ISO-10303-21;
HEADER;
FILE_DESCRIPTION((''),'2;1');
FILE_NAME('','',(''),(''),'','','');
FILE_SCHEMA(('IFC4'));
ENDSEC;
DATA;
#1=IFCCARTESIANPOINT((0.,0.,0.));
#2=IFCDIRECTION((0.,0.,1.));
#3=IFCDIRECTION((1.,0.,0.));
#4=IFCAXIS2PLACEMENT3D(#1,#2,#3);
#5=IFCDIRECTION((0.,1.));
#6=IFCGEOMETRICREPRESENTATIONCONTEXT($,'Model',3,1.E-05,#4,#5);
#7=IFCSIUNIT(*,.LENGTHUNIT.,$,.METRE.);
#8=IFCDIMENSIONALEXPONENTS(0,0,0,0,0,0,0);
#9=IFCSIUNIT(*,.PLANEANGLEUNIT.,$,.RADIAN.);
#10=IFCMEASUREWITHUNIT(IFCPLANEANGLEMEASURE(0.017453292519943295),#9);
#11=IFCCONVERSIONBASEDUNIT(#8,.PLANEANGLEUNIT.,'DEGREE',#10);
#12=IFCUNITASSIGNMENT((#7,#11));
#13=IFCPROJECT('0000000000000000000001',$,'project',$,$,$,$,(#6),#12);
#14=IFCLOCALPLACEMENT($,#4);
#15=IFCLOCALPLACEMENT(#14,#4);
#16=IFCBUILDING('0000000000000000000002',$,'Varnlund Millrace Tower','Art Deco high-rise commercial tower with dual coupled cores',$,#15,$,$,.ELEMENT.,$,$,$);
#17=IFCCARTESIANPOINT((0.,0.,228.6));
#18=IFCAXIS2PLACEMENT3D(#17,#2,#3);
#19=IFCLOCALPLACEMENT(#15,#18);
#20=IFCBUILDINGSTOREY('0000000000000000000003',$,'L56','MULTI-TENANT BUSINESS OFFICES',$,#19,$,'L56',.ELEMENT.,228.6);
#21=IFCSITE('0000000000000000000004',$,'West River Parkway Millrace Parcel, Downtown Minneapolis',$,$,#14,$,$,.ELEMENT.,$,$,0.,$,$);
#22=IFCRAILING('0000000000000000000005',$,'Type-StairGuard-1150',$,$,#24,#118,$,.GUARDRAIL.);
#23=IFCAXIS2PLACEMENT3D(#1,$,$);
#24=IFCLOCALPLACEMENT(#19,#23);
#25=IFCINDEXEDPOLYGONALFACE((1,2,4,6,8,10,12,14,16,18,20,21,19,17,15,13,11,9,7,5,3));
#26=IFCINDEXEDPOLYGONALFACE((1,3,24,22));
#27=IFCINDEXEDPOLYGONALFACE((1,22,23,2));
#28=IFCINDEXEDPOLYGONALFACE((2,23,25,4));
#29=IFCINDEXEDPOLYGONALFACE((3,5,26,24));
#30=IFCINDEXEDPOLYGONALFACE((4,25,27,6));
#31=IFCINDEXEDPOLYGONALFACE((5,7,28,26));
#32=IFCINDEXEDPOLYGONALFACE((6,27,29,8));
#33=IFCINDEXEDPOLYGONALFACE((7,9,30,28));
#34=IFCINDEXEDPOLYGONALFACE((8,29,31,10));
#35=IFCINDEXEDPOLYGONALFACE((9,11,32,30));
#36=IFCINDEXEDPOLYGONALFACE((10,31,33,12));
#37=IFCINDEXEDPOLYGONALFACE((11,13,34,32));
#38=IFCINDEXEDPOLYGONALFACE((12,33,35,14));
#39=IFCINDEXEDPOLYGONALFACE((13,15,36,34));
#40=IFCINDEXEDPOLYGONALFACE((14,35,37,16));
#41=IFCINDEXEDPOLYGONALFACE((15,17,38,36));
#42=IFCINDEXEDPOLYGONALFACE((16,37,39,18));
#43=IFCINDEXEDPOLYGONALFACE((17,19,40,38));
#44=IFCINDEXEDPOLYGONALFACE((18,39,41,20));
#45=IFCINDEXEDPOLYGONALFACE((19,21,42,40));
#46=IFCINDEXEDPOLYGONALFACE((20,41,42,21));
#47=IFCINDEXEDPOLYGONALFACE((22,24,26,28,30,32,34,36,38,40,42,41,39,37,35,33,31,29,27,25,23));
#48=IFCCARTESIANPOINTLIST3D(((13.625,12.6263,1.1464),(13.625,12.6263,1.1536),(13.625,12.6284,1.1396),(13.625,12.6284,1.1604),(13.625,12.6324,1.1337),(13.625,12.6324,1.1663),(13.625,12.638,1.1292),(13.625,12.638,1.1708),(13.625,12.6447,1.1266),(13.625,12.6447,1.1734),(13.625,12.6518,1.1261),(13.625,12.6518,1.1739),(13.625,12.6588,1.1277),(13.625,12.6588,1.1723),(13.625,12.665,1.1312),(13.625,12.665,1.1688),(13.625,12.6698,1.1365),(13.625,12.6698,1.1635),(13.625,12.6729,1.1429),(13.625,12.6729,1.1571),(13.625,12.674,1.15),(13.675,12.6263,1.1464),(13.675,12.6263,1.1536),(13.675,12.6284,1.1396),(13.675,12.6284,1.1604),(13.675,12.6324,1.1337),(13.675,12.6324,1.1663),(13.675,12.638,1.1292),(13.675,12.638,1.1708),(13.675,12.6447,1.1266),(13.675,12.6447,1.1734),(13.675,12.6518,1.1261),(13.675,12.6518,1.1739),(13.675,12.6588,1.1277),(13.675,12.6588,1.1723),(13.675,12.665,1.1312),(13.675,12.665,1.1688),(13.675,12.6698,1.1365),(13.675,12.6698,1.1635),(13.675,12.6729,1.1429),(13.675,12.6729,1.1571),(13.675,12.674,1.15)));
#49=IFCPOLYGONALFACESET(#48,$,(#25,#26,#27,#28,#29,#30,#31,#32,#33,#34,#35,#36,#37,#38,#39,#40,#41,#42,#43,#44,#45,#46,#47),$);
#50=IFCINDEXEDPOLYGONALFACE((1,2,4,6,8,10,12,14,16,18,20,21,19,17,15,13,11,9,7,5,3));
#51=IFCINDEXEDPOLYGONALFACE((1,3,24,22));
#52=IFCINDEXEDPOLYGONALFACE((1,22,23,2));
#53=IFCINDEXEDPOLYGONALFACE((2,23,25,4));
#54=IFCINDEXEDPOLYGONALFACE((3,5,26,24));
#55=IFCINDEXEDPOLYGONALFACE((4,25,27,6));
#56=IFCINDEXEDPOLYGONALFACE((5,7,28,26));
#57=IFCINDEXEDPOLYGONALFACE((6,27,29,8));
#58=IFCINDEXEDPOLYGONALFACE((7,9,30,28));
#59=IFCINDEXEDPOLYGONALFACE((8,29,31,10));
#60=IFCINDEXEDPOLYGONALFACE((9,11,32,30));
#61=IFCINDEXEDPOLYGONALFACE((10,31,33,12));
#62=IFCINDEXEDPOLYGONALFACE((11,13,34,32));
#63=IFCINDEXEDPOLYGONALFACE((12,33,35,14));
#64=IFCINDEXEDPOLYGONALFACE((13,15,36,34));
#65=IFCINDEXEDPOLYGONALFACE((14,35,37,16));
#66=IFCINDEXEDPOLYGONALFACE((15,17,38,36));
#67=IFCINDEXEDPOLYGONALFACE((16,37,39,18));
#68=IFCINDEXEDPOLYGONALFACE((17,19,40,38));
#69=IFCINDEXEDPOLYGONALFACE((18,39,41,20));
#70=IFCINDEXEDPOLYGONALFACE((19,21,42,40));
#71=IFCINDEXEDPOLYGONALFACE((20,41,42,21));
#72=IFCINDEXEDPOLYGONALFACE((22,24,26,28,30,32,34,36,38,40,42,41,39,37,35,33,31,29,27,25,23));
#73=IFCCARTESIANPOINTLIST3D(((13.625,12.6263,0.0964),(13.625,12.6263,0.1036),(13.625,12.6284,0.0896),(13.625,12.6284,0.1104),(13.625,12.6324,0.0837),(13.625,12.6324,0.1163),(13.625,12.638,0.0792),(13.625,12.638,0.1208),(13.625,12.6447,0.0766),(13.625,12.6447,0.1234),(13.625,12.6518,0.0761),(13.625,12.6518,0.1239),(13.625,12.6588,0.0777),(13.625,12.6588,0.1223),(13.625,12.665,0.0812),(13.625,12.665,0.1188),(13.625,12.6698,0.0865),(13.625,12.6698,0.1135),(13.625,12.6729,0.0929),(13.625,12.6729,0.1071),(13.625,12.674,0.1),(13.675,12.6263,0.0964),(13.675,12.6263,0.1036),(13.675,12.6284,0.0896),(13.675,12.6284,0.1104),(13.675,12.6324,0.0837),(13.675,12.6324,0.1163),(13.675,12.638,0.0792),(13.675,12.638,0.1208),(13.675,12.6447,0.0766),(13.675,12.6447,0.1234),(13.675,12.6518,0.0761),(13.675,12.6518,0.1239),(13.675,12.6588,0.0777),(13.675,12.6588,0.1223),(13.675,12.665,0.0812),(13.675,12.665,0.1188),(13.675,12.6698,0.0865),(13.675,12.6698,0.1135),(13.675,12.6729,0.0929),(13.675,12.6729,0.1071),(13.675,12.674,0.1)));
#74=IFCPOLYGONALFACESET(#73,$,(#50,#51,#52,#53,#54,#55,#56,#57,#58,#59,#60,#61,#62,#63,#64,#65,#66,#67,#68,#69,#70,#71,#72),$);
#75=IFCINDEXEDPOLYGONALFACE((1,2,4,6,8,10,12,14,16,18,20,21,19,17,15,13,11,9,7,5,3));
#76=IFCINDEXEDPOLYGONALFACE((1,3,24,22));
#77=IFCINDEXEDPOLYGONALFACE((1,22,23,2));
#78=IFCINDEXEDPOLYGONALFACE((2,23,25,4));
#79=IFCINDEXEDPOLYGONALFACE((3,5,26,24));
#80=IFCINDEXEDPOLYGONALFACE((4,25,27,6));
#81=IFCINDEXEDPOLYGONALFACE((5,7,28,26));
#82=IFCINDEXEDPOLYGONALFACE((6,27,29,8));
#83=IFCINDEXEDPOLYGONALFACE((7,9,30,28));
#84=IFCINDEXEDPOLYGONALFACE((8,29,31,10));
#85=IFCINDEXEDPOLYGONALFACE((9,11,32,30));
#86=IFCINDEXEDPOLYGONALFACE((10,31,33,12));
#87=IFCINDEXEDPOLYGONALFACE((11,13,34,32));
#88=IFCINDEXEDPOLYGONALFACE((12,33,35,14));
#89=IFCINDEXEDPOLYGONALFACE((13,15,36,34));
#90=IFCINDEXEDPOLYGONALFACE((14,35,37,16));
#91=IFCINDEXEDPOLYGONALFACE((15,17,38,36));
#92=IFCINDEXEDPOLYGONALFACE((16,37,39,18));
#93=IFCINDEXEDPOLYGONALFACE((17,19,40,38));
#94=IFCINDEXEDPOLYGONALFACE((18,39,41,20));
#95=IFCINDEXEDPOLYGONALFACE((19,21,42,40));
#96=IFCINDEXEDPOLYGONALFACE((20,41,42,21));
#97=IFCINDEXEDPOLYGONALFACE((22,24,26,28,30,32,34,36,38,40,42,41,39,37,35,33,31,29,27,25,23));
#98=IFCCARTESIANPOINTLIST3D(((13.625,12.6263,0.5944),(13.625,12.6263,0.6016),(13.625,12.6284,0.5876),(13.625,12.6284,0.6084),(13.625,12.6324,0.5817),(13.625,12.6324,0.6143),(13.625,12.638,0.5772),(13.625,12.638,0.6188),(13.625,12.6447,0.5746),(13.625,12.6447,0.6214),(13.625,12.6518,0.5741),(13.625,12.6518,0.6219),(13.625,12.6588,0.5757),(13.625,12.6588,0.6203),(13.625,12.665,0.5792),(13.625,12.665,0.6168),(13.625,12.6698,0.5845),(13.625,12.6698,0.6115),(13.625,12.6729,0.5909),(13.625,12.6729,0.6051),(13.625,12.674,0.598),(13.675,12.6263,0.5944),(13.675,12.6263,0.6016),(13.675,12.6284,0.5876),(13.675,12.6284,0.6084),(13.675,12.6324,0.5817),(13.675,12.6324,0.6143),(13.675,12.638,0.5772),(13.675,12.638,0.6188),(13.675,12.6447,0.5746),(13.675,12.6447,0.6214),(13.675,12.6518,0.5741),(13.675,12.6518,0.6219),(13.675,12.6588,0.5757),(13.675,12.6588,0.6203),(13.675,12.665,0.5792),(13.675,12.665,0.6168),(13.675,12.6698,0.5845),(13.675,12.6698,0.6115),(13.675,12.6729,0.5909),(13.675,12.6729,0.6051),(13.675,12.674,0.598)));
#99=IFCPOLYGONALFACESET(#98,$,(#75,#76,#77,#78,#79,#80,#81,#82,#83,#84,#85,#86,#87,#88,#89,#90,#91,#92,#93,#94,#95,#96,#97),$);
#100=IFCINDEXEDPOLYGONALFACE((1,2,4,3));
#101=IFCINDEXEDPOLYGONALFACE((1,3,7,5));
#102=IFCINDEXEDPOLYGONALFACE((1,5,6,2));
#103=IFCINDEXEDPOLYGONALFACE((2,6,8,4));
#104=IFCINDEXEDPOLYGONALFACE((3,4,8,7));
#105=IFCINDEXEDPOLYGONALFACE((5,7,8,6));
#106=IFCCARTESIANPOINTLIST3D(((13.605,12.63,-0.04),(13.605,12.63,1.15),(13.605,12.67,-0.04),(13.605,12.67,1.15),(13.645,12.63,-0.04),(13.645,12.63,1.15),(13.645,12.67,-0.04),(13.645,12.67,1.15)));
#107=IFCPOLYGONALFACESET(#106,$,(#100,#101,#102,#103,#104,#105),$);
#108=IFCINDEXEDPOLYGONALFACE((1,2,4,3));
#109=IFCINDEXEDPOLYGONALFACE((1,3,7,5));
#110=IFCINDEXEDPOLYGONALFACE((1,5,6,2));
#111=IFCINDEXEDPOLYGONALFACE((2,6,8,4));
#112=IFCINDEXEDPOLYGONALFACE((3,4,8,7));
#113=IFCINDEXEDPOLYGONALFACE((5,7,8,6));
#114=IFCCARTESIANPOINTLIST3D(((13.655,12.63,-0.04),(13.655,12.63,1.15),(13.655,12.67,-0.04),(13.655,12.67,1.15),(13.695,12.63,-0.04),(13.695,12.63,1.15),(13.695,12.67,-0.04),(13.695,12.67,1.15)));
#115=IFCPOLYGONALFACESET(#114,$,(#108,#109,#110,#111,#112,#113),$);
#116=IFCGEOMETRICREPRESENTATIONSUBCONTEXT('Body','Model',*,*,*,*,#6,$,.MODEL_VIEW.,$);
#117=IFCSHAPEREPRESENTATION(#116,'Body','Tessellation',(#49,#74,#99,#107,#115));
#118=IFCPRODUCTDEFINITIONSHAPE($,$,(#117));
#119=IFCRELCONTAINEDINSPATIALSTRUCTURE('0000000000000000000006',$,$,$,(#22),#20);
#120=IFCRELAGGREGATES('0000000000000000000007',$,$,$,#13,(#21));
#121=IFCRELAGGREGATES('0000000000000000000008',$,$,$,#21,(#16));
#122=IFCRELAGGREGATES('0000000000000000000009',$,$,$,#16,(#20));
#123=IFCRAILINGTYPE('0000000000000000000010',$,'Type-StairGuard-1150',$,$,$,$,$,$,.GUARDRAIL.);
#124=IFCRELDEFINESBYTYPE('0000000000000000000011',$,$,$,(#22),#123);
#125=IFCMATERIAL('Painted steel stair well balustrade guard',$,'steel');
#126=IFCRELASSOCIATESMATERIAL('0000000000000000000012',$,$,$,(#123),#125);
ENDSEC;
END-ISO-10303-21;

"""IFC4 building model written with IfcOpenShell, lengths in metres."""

from ifc_helpers import new_model, entity, si_unit, converted_unit, direction, frame, origin_with_axes, origin_2d_with_axis, place, context, subcontext, project, spatial, rectangle, circle, extrude, material, type_object, element, save


model = new_model("IFC4")

# Units and contexts
model_context = context("Model", 3, precision=1e-05, world=origin_with_axes(), true_north=direction((0.0, 1.0)))
body_context = subcontext(model_context, "Body", "Model", "MODEL_VIEW")
ifc_project = project(units=[si_unit("LENGTHUNIT", "METRE"), converted_unit("PLANEANGLEUNIT", "DEGREE", entity("IfcPlaneAngleMeasure", 0.017453292519943295), si_unit("PLANEANGLEUNIT", "RADIAN"), dimensions=[0, 0, 0, 0, 0, 0, 0])], contexts=[model_context])

# Site, building, storey
site_placement = place(None, origin_with_axes())
site = spatial("IfcSite", under=ifc_project, at=site_placement, Name="West River Parkway Millrace Parcel, Downtown Minneapolis", CompositionType="ELEMENT", RefElevation=0.0)
building_placement = place(site_placement, origin_with_axes())
building = spatial("IfcBuilding", under=site, at=building_placement, Name="Varnlund Millrace Tower", Description="Art Deco high-rise commercial tower with dual coupled cores", CompositionType="ELEMENT")
storey_placement = place(building_placement, frame((0.0, 0.0, 228.6), z_axis=(0.0, 0.0, 1.0), x_axis=(1.0, 0.0, 0.0)))
storey = spatial("IfcBuildingStorey", under=building, at=storey_placement, Name="L56", Description="MULTI-TENANT BUSINESS OFFICES", LongName="L56", CompositionType="ELEMENT", Elevation=228.6)

# Railing
ifc_material_1 = material(Name="Painted steel stair well balustrade guard", Category="steel")
railing_type_1 = type_object("IfcRailingType", Name="Type-StairGuard-1150", PredefinedType="GUARDRAIL", material=ifc_material_1)
railing_1_placement = place(storey_placement, frame((0.0, 0.0, -228.6), z_axis=(0.0, 0.0, 1.0), x_axis=(1.0, 0.0, 0.0)))
element("IfcRailing", 1, at=railing_1_placement, inside=storey, type_object=railing_type_1, Name="Type-StairGuard-1150", PredefinedType="GUARDRAIL", context=body_context, shape_type="SweptSolid", body=[
    extrude(circle(Radius=0.024, at=origin_2d_with_axis()), frame((13.625, 12.65, 229.75), z_axis=(1.0, 0.0, 0.0), x_axis=(0.0, 1.0, 0.0)), (0.0, 0.0, 1.0), 0.05),
    extrude(circle(Radius=0.024, at=origin_2d_with_axis()), frame((13.625, 12.65, 228.7), z_axis=(1.0, 0.0, 0.0), x_axis=(0.0, 1.0, 0.0)), (0.0, 0.0, 1.0), 0.05),
    extrude(circle(Radius=0.024, at=origin_2d_with_axis()), frame((13.625, 12.65, 229.198), z_axis=(1.0, 0.0, 0.0), x_axis=(0.0, 1.0, 0.0)), (0.0, 0.0, 1.0), 0.05),
    extrude(rectangle(XDim=0.04, YDim=0.04, at=origin_2d_with_axis()), frame((13.625, 12.65, 228.56), z_axis=(0.0, 0.0, 1.0), x_axis=(1.0, 0.0, 0.0)), (0.0, 0.0, 1.0), 1.19),
    extrude(rectangle(XDim=0.04, YDim=0.04, at=origin_2d_with_axis()), frame((13.675, 12.65, 228.56), z_axis=(0.0, 0.0, 1.0), x_axis=(1.0, 0.0, 0.0)), (0.0, 0.0, 1.0), 1.19),
])

save(model, "model.ifc")
